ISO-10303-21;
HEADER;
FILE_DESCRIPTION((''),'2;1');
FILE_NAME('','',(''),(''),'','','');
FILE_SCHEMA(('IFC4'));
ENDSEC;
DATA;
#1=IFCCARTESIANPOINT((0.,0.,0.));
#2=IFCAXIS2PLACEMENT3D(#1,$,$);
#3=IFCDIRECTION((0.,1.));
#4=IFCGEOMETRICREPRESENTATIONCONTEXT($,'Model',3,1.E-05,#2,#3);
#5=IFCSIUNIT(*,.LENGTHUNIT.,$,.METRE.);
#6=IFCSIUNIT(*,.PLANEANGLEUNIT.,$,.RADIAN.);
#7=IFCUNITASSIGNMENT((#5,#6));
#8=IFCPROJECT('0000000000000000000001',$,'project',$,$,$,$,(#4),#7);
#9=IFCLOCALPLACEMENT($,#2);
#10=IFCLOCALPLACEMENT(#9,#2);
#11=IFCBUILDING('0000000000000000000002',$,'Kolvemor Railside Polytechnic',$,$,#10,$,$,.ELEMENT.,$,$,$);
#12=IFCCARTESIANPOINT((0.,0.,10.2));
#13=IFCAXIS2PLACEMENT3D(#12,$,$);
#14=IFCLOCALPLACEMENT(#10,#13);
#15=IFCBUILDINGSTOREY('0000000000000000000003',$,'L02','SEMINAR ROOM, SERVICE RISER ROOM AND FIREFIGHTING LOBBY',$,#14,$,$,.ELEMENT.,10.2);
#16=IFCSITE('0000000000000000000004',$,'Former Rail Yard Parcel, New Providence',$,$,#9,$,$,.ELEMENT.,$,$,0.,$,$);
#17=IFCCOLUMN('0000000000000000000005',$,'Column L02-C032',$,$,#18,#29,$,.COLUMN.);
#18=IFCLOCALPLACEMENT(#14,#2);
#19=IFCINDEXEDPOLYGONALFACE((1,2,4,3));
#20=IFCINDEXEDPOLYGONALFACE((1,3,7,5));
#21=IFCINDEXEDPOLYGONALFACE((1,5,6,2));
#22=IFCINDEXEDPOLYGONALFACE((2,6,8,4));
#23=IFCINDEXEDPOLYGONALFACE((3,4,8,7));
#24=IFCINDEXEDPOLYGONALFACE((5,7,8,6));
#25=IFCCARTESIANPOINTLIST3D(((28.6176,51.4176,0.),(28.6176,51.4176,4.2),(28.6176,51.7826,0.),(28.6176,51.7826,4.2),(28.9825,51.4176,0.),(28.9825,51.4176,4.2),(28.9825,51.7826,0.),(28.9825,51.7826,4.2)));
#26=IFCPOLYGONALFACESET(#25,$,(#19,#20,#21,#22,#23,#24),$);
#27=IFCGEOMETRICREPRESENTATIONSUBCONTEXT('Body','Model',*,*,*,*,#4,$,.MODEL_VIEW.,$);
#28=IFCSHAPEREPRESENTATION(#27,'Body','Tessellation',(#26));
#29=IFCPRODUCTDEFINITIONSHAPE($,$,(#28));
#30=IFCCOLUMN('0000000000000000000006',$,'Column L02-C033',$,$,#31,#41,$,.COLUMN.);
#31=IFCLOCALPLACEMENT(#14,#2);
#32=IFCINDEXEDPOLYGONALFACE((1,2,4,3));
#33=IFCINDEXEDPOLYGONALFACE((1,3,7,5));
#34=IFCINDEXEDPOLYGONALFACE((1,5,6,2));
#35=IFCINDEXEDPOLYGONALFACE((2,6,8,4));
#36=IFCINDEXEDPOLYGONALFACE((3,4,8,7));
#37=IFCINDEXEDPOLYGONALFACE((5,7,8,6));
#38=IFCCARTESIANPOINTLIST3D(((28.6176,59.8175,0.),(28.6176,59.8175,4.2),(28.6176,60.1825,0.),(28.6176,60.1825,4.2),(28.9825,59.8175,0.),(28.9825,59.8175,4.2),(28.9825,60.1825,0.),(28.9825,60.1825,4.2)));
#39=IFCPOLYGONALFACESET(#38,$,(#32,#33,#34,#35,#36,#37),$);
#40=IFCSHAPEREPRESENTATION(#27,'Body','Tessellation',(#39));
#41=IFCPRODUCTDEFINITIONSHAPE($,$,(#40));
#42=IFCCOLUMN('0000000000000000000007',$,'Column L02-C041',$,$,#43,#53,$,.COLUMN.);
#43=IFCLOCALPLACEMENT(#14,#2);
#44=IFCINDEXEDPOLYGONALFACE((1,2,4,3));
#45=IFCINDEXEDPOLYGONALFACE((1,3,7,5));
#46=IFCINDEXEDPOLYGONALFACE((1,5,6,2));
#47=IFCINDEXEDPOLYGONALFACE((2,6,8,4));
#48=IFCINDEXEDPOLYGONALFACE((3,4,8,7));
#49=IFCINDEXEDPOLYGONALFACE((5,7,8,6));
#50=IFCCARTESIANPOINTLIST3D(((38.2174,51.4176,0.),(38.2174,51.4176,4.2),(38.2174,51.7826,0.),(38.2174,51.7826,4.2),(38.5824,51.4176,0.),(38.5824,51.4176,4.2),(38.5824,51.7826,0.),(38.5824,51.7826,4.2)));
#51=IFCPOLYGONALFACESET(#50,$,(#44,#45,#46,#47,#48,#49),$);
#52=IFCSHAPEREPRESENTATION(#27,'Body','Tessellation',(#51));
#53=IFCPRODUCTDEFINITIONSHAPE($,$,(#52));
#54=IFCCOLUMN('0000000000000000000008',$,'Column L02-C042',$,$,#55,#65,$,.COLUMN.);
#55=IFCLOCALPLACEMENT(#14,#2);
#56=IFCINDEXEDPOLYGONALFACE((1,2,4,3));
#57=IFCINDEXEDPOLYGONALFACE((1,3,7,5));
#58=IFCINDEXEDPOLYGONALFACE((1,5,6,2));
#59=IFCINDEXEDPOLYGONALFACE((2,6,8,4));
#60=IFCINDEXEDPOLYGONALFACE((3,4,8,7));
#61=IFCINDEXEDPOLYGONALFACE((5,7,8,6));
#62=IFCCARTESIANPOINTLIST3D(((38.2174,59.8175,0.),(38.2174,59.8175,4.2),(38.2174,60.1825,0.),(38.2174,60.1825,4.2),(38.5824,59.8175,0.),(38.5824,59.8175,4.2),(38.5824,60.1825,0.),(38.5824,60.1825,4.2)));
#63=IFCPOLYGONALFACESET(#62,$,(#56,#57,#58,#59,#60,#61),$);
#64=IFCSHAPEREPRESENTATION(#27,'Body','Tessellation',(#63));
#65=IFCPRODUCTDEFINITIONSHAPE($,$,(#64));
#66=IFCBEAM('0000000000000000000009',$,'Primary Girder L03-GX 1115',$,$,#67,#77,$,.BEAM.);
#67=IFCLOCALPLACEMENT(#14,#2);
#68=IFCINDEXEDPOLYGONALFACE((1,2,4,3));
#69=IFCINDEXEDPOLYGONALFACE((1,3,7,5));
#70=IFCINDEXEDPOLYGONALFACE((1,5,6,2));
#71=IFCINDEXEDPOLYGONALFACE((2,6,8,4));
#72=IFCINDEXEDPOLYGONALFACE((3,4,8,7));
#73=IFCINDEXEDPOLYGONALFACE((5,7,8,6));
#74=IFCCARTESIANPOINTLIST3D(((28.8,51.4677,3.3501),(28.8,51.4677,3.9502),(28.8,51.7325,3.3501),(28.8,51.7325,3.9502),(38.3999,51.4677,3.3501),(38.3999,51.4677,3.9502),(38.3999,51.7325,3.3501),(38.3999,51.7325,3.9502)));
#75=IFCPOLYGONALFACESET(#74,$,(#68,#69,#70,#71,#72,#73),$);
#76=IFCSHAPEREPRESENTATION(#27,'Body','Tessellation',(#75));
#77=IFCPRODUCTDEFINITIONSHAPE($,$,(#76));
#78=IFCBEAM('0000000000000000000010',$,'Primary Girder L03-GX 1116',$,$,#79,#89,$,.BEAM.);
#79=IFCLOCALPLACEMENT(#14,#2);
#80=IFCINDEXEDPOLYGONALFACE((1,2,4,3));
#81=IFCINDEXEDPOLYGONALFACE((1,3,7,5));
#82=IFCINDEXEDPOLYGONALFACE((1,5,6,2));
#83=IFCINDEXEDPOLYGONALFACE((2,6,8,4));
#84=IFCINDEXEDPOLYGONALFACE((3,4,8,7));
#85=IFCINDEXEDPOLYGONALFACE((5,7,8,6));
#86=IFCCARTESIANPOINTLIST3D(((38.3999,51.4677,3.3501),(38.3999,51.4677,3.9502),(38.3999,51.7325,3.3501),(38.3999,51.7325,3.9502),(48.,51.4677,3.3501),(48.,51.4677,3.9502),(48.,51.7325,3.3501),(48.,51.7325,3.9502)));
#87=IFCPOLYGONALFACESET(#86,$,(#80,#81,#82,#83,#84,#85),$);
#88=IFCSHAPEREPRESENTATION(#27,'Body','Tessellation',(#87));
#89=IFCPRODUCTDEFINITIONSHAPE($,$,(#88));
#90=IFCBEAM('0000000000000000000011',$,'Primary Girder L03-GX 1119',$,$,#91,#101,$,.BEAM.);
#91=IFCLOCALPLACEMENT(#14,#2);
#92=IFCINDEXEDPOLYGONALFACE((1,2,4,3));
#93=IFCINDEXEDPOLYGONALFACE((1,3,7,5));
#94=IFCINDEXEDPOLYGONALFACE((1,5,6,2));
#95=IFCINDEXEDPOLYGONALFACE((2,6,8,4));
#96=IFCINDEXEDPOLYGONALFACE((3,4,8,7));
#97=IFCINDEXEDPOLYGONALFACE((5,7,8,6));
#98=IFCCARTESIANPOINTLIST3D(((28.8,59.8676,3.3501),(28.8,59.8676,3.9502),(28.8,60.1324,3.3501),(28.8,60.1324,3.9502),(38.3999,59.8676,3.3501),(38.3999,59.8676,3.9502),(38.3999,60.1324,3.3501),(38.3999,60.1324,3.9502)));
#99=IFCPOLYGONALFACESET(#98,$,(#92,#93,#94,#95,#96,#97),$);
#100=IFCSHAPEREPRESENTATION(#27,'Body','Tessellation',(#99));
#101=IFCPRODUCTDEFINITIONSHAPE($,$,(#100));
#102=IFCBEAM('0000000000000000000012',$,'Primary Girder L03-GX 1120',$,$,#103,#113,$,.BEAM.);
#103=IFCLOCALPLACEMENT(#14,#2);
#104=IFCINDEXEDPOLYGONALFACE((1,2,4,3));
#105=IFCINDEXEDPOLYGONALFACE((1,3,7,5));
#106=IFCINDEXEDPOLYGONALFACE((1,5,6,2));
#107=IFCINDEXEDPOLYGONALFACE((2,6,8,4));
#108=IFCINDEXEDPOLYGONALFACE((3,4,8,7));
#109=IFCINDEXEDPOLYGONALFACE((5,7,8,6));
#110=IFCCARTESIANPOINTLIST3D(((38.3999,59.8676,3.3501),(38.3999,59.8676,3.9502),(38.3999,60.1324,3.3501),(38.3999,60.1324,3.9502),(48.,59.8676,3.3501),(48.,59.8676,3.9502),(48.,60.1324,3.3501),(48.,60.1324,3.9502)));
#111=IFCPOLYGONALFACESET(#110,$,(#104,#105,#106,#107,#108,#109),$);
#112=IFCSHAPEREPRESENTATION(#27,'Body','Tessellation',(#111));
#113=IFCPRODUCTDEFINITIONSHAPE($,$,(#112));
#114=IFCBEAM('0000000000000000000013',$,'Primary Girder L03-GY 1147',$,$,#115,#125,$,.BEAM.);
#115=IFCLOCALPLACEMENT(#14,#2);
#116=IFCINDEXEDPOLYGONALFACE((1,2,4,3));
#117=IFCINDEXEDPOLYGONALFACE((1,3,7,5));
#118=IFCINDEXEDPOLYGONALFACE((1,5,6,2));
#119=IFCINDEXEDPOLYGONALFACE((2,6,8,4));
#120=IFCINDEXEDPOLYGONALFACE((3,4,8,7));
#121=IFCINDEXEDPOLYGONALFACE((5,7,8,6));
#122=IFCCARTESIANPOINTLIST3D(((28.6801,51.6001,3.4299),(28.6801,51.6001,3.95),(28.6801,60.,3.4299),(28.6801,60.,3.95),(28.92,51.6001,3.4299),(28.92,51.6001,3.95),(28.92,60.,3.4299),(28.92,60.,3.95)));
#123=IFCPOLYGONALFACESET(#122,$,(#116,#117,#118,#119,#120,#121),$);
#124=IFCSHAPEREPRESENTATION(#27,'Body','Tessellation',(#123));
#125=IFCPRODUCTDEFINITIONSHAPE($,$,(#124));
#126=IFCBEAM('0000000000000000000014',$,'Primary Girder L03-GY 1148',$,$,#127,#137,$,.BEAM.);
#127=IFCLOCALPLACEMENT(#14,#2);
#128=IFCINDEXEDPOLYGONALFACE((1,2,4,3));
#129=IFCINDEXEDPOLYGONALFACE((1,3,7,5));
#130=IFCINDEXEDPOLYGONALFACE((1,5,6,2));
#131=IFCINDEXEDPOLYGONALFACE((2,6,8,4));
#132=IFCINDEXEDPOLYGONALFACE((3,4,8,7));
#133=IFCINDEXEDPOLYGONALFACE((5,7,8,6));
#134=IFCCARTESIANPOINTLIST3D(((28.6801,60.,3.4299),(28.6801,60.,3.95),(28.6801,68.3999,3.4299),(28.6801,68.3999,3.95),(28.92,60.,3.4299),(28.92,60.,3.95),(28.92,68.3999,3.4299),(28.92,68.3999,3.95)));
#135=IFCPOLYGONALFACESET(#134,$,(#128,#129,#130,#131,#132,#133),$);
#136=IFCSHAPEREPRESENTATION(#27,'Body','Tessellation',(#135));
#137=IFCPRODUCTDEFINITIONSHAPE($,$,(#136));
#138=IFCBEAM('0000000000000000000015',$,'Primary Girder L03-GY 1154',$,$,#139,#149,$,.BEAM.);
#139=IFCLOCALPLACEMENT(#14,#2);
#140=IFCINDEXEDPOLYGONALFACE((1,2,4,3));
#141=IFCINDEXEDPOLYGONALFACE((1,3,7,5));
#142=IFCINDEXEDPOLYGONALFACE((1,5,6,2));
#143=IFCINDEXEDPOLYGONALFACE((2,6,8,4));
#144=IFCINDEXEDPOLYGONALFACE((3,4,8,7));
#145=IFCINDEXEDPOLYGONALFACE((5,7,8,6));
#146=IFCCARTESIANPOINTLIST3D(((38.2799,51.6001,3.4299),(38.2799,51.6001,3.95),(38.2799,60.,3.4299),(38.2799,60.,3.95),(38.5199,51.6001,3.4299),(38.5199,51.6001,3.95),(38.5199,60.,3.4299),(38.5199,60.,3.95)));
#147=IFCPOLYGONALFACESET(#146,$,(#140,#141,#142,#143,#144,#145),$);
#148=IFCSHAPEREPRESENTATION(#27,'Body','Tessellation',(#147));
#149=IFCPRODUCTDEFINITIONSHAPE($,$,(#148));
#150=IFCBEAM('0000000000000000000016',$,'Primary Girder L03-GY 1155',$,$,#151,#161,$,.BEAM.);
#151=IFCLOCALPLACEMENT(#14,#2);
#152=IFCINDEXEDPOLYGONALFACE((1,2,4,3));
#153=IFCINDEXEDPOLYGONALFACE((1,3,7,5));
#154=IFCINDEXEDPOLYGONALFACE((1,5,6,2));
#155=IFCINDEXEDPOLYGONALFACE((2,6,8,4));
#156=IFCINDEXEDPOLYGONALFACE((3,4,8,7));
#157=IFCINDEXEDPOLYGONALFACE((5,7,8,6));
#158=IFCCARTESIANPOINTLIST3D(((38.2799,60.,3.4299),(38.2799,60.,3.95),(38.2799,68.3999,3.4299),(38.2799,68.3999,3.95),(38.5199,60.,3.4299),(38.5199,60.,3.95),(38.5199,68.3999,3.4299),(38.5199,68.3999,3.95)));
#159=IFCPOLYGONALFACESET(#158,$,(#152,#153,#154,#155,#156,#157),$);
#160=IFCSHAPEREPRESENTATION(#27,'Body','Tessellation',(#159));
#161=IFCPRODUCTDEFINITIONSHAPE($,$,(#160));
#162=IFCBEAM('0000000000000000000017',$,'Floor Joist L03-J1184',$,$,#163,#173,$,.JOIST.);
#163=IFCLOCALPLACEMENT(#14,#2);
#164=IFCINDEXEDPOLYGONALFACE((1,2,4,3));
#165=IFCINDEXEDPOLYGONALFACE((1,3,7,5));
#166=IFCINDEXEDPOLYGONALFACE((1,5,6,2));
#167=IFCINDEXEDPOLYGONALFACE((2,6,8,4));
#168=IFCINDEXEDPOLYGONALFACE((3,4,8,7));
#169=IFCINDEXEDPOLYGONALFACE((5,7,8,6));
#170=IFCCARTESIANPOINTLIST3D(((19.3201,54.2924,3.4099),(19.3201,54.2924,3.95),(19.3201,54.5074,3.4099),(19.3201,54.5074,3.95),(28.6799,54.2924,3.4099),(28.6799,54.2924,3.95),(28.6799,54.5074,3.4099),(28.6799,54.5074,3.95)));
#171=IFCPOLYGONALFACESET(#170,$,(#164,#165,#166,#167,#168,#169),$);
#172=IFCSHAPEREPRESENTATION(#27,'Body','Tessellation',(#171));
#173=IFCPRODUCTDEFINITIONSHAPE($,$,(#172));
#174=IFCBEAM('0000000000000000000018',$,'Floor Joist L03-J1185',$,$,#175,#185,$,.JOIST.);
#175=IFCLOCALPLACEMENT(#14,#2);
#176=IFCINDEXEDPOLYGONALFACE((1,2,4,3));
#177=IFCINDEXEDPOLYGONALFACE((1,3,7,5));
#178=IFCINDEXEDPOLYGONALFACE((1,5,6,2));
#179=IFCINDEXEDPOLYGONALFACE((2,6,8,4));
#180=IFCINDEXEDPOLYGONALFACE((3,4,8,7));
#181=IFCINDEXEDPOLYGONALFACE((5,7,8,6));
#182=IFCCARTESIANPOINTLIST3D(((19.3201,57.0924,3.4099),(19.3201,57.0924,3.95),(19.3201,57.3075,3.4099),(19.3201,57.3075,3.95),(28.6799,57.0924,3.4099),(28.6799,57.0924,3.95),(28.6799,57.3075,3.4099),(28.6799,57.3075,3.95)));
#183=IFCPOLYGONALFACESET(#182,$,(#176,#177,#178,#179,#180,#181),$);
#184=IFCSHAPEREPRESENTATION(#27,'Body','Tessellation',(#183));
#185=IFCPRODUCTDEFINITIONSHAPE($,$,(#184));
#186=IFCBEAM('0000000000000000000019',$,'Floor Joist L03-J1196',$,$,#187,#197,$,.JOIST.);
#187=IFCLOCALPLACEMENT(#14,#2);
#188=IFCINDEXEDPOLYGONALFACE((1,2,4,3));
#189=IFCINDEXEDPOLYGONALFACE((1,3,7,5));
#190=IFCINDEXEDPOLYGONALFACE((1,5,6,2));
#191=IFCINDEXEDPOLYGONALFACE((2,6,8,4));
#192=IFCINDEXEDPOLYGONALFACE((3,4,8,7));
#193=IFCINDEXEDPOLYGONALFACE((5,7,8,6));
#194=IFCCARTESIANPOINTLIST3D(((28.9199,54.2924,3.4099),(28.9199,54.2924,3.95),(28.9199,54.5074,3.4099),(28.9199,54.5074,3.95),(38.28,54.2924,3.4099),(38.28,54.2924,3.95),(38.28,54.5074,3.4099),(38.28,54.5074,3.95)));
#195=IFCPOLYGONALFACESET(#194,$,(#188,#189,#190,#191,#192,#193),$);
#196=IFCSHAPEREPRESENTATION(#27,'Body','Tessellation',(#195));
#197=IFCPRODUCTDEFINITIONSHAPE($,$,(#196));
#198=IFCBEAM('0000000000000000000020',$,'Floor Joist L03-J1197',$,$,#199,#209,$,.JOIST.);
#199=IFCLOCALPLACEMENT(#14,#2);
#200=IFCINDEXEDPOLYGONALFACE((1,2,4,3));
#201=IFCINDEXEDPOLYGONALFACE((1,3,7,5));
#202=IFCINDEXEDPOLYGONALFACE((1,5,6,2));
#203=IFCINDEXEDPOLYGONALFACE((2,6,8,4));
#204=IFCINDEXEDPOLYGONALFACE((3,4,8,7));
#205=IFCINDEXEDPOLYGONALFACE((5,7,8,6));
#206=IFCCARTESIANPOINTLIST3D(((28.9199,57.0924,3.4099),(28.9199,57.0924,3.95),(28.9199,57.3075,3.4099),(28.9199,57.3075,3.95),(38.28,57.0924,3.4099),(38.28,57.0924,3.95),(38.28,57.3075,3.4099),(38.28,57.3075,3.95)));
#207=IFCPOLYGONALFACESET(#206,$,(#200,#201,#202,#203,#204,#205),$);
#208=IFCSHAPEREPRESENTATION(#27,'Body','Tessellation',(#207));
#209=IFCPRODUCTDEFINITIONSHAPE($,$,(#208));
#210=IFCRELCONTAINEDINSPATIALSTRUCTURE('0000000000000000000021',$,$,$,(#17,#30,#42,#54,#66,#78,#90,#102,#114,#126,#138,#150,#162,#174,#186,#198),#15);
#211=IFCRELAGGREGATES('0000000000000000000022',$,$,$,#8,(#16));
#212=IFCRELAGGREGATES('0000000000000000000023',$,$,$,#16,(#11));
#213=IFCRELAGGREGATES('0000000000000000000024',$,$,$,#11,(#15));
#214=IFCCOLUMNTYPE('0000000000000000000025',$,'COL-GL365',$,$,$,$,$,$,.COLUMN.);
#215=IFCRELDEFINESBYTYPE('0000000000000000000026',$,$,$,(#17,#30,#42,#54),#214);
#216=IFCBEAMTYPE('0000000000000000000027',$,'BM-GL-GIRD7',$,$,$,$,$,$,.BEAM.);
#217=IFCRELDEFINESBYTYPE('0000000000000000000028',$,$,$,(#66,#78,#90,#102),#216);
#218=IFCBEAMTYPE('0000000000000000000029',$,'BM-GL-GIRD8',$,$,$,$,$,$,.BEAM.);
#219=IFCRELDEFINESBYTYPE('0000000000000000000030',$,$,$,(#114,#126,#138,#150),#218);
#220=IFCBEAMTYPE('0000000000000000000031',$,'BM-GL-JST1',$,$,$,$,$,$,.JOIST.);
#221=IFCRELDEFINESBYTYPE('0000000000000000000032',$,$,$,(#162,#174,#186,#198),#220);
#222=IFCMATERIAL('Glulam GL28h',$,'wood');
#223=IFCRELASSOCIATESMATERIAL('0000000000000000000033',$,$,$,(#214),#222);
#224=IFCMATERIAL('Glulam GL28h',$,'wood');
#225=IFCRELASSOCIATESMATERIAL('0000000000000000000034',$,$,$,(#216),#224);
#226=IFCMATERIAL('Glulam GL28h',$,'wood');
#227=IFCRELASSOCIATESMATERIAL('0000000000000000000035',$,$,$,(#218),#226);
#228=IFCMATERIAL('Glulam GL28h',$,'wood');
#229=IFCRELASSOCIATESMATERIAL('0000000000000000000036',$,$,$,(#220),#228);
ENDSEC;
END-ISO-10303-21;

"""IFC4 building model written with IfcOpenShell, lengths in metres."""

from ifc_helpers import new_model, si_unit, direction, frame, origin, origin_2d, place, context, subcontext, project, spatial, rectangle, extrude, material, material_profile, profile_set, type_object, element, save


model = new_model("IFC4")

# Units and contexts
model_context = context("Model", 3, precision=1e-05, world=origin(), true_north=direction((0.0, 1.0)))
body_context = subcontext(model_context, "Body", "Model", "MODEL_VIEW")
ifc_project = project(units=[si_unit("LENGTHUNIT", "METRE"), si_unit("PLANEANGLEUNIT", "RADIAN")], contexts=[model_context])

# Site, building, storey
site_placement = place(None, origin())
site = spatial("IfcSite", under=ifc_project, at=site_placement, Name="Former Rail Yard Parcel, New Providence", CompositionType="ELEMENT", RefElevation=0.0)
building_placement = place(site_placement, origin())
building = spatial("IfcBuilding", under=site, at=building_placement, Name="Kolvemor Railside Polytechnic", CompositionType="ELEMENT")
storey_placement = place(building_placement, frame((0.0, 0.0, 10.2)))
storey = spatial("IfcBuildingStorey", under=building, at=storey_placement, Name="L02", Description="SEMINAR ROOM, SERVICE RISER ROOM AND FIREFIGHTING LOBBY", CompositionType="ELEMENT", Elevation=10.2)

# Columns
ifc_material_1 = material(Name="Glulam GL28h", Category="wood")
ifc_material_profile_1 = material_profile(ifc_material_1, rectangle(XDim=0.365, YDim=0.365, at=origin_2d()), Name="GL365x365")
ifc_profile_set_1 = profile_set([ifc_material_profile_1], Name="Glulam GL28h")
column_type = type_object("IfcColumnType", Name="COL-GL365", PredefinedType="COLUMN", material=ifc_profile_set_1)
for number, where, z_axis, x_axis, name in (
    (1, (28.8, 51.6001, 0.0), (0.0, 0.0, 1.0), (1.0, 0.0, 0.0), "Column L02-C032"),
    (2, (28.8, 60.0, 0.0), (0.0, 0.0, 1.0), (1.0, 0.0, 0.0), "Column L02-C033"),
    (3, (38.3999, 51.6001, 0.0), (0.0, 0.0, 1.0), (1.0, 0.0, 0.0), "Column L02-C041"),
    (4, (38.3999, 60.0, 0.0), (0.0, 0.0, 1.0), (1.0, 0.0, 0.0), "Column L02-C042"),
):
    element("IfcColumn", number, at=place(storey_placement, frame(where, z_axis=z_axis, x_axis=x_axis)), inside=storey, type_object=column_type, Name=name, PredefinedType="COLUMN", context=body_context, shape_type="SweptSolid", body=[
        extrude(rectangle(XDim=0.365, YDim=0.365, at=origin_2d()), origin(), (0.0, 0.0, 1.0), 4.2),
    ])

# Beams
ifc_material_2 = material(Name="Glulam GL28h", Category="wood")
ifc_material_profile_2 = material_profile(ifc_material_2, rectangle(XDim=0.2649, YDim=0.6001, at=origin_2d()), Name="GL265x600")
ifc_profile_set_2 = profile_set([ifc_material_profile_2], Name="Glulam GL28h")
beam_type_1 = type_object("IfcBeamType", Name="BM-GL-GIRD7", PredefinedType="BEAM", material=ifc_profile_set_2)
beam_1_placement = place(storey_placement, frame((28.8, 51.6001, 3.6501), z_axis=(1.0, 0.0, 0.0), x_axis=(0.0, 1.0, 0.0)))
element("IfcBeam", 5, at=beam_1_placement, inside=storey, type_object=beam_type_1, Name="Primary Girder L03-GX 1115", PredefinedType="BEAM", context=body_context, shape_type="SweptSolid", body=[
    extrude(rectangle(XDim=0.2649, YDim=0.6001, at=origin_2d()), origin(), (0.0, 0.0, 1.0), 9.5999),
])
beam_2_placement = place(storey_placement, frame((38.3999, 51.6001, 3.6501), z_axis=(1.0, 0.0, 0.0), x_axis=(0.0, 1.0, 0.0)))
element("IfcBeam", 6, at=beam_2_placement, inside=storey, type_object=beam_type_1, Name="Primary Girder L03-GX 1116", PredefinedType="BEAM", context=body_context, shape_type="SweptSolid", body=[
    extrude(rectangle(XDim=0.2649, YDim=0.6001, at=origin_2d()), origin(), (0.0, 0.0, 1.0), 9.6001),
])
beam_3_placement = place(storey_placement, frame((28.8, 60.0, 3.6501), z_axis=(1.0, 0.0, 0.0), x_axis=(0.0, 1.0, 0.0)))
element("IfcBeam", 7, at=beam_3_placement, inside=storey, type_object=beam_type_1, Name="Primary Girder L03-GX 1119", PredefinedType="BEAM", context=body_context, shape_type="SweptSolid", body=[
    extrude(rectangle(XDim=0.2649, YDim=0.6001, at=origin_2d()), origin(), (0.0, 0.0, 1.0), 9.5999),
])
beam_4_placement = place(storey_placement, frame((38.3999, 60.0, 3.6501), z_axis=(1.0, 0.0, 0.0), x_axis=(0.0, 1.0, 0.0)))
element("IfcBeam", 8, at=beam_4_placement, inside=storey, type_object=beam_type_1, Name="Primary Girder L03-GX 1120", PredefinedType="BEAM", context=body_context, shape_type="SweptSolid", body=[
    extrude(rectangle(XDim=0.2649, YDim=0.6001, at=origin_2d()), origin(), (0.0, 0.0, 1.0), 9.6001),
])
ifc_material_3 = material(Name="Glulam GL28h", Category="wood")
ifc_material_profile_3 = material_profile(ifc_material_3, rectangle(XDim=0.24, YDim=0.52, at=origin_2d()), Name="GL240x520")
ifc_profile_set_3 = profile_set([ifc_material_profile_3], Name="Glulam GL28h")
beam_type_2 = type_object("IfcBeamType", Name="BM-GL-GIRD8", PredefinedType="BEAM", material=ifc_profile_set_3)
for number, where, z_axis, x_axis, name in (
    (9, (28.8, 51.6001, 3.6899), (0.0, 1.0, 0.0), (-1.0, 0.0, 0.0), "Primary Girder L03-GY 1147"),
    (10, (28.8, 60.0, 3.6899), (0.0, 1.0, 0.0), (-1.0, 0.0, 0.0), "Primary Girder L03-GY 1148"),
    (11, (38.3999, 51.6001, 3.6899), (0.0, 1.0, 0.0), (-1.0, 0.0, 0.0), "Primary Girder L03-GY 1154"),
    (12, (38.3999, 60.0, 3.6899), (0.0, 1.0, 0.0), (-1.0, 0.0, 0.0), "Primary Girder L03-GY 1155"),
):
    element("IfcBeam", number, at=place(storey_placement, frame(where, z_axis=z_axis, x_axis=x_axis)), inside=storey, type_object=beam_type_2, Name=name, PredefinedType="BEAM", context=body_context, shape_type="SweptSolid", body=[
        extrude(rectangle(XDim=0.24, YDim=0.52, at=origin_2d()), origin(), (0.0, 0.0, 1.0), 8.3999),
    ])
ifc_material_4 = material(Name="Glulam GL28h", Category="wood")
ifc_material_profile_4 = material_profile(ifc_material_4, rectangle(XDim=0.2151, YDim=0.54, at=origin_2d()), Name="GL215x540")
ifc_profile_set_4 = profile_set([ifc_material_profile_4], Name="Glulam GL28h")
beam_type_3 = type_object("IfcBeamType", Name="BM-GL-JST1", PredefinedType="JOIST", material=ifc_profile_set_4)
for number, where, z_axis, x_axis, name in (
    (13, (19.3201, 54.3999, 3.6799), (1.0, 0.0, 0.0), (0.0, 1.0, 0.0), "Floor Joist L03-J1184"),
    (14, (19.3201, 57.2, 3.6799), (1.0, 0.0, 0.0), (0.0, 1.0, 0.0), "Floor Joist L03-J1185"),
):
    element("IfcBeam", number, at=place(storey_placement, frame(where, z_axis=z_axis, x_axis=x_axis)), inside=storey, type_object=beam_type_3, Name=name, PredefinedType="JOIST", context=body_context, shape_type="SweptSolid", body=[
        extrude(rectangle(XDim=0.2151, YDim=0.54, at=origin_2d()), origin(), (0.0, 0.0, 1.0), 9.3599),
    ])
for number, where, z_axis, x_axis, name in (
    (15, (28.9199, 54.3999, 3.6799), (1.0, 0.0, 0.0), (0.0, 1.0, 0.0), "Floor Joist L03-J1196"),
    (16, (28.9199, 57.2, 3.6799), (1.0, 0.0, 0.0), (0.0, 1.0, 0.0), "Floor Joist L03-J1197"),
):
    element("IfcBeam", number, at=place(storey_placement, frame(where, z_axis=z_axis, x_axis=x_axis)), inside=storey, type_object=beam_type_3, Name=name, PredefinedType="JOIST", context=body_context, shape_type="SweptSolid", body=[
        extrude(rectangle(XDim=0.2151, YDim=0.54, at=origin_2d()), origin(), (0.0, 0.0, 1.0), 9.3601),
    ])

save(model, "model.ifc")
